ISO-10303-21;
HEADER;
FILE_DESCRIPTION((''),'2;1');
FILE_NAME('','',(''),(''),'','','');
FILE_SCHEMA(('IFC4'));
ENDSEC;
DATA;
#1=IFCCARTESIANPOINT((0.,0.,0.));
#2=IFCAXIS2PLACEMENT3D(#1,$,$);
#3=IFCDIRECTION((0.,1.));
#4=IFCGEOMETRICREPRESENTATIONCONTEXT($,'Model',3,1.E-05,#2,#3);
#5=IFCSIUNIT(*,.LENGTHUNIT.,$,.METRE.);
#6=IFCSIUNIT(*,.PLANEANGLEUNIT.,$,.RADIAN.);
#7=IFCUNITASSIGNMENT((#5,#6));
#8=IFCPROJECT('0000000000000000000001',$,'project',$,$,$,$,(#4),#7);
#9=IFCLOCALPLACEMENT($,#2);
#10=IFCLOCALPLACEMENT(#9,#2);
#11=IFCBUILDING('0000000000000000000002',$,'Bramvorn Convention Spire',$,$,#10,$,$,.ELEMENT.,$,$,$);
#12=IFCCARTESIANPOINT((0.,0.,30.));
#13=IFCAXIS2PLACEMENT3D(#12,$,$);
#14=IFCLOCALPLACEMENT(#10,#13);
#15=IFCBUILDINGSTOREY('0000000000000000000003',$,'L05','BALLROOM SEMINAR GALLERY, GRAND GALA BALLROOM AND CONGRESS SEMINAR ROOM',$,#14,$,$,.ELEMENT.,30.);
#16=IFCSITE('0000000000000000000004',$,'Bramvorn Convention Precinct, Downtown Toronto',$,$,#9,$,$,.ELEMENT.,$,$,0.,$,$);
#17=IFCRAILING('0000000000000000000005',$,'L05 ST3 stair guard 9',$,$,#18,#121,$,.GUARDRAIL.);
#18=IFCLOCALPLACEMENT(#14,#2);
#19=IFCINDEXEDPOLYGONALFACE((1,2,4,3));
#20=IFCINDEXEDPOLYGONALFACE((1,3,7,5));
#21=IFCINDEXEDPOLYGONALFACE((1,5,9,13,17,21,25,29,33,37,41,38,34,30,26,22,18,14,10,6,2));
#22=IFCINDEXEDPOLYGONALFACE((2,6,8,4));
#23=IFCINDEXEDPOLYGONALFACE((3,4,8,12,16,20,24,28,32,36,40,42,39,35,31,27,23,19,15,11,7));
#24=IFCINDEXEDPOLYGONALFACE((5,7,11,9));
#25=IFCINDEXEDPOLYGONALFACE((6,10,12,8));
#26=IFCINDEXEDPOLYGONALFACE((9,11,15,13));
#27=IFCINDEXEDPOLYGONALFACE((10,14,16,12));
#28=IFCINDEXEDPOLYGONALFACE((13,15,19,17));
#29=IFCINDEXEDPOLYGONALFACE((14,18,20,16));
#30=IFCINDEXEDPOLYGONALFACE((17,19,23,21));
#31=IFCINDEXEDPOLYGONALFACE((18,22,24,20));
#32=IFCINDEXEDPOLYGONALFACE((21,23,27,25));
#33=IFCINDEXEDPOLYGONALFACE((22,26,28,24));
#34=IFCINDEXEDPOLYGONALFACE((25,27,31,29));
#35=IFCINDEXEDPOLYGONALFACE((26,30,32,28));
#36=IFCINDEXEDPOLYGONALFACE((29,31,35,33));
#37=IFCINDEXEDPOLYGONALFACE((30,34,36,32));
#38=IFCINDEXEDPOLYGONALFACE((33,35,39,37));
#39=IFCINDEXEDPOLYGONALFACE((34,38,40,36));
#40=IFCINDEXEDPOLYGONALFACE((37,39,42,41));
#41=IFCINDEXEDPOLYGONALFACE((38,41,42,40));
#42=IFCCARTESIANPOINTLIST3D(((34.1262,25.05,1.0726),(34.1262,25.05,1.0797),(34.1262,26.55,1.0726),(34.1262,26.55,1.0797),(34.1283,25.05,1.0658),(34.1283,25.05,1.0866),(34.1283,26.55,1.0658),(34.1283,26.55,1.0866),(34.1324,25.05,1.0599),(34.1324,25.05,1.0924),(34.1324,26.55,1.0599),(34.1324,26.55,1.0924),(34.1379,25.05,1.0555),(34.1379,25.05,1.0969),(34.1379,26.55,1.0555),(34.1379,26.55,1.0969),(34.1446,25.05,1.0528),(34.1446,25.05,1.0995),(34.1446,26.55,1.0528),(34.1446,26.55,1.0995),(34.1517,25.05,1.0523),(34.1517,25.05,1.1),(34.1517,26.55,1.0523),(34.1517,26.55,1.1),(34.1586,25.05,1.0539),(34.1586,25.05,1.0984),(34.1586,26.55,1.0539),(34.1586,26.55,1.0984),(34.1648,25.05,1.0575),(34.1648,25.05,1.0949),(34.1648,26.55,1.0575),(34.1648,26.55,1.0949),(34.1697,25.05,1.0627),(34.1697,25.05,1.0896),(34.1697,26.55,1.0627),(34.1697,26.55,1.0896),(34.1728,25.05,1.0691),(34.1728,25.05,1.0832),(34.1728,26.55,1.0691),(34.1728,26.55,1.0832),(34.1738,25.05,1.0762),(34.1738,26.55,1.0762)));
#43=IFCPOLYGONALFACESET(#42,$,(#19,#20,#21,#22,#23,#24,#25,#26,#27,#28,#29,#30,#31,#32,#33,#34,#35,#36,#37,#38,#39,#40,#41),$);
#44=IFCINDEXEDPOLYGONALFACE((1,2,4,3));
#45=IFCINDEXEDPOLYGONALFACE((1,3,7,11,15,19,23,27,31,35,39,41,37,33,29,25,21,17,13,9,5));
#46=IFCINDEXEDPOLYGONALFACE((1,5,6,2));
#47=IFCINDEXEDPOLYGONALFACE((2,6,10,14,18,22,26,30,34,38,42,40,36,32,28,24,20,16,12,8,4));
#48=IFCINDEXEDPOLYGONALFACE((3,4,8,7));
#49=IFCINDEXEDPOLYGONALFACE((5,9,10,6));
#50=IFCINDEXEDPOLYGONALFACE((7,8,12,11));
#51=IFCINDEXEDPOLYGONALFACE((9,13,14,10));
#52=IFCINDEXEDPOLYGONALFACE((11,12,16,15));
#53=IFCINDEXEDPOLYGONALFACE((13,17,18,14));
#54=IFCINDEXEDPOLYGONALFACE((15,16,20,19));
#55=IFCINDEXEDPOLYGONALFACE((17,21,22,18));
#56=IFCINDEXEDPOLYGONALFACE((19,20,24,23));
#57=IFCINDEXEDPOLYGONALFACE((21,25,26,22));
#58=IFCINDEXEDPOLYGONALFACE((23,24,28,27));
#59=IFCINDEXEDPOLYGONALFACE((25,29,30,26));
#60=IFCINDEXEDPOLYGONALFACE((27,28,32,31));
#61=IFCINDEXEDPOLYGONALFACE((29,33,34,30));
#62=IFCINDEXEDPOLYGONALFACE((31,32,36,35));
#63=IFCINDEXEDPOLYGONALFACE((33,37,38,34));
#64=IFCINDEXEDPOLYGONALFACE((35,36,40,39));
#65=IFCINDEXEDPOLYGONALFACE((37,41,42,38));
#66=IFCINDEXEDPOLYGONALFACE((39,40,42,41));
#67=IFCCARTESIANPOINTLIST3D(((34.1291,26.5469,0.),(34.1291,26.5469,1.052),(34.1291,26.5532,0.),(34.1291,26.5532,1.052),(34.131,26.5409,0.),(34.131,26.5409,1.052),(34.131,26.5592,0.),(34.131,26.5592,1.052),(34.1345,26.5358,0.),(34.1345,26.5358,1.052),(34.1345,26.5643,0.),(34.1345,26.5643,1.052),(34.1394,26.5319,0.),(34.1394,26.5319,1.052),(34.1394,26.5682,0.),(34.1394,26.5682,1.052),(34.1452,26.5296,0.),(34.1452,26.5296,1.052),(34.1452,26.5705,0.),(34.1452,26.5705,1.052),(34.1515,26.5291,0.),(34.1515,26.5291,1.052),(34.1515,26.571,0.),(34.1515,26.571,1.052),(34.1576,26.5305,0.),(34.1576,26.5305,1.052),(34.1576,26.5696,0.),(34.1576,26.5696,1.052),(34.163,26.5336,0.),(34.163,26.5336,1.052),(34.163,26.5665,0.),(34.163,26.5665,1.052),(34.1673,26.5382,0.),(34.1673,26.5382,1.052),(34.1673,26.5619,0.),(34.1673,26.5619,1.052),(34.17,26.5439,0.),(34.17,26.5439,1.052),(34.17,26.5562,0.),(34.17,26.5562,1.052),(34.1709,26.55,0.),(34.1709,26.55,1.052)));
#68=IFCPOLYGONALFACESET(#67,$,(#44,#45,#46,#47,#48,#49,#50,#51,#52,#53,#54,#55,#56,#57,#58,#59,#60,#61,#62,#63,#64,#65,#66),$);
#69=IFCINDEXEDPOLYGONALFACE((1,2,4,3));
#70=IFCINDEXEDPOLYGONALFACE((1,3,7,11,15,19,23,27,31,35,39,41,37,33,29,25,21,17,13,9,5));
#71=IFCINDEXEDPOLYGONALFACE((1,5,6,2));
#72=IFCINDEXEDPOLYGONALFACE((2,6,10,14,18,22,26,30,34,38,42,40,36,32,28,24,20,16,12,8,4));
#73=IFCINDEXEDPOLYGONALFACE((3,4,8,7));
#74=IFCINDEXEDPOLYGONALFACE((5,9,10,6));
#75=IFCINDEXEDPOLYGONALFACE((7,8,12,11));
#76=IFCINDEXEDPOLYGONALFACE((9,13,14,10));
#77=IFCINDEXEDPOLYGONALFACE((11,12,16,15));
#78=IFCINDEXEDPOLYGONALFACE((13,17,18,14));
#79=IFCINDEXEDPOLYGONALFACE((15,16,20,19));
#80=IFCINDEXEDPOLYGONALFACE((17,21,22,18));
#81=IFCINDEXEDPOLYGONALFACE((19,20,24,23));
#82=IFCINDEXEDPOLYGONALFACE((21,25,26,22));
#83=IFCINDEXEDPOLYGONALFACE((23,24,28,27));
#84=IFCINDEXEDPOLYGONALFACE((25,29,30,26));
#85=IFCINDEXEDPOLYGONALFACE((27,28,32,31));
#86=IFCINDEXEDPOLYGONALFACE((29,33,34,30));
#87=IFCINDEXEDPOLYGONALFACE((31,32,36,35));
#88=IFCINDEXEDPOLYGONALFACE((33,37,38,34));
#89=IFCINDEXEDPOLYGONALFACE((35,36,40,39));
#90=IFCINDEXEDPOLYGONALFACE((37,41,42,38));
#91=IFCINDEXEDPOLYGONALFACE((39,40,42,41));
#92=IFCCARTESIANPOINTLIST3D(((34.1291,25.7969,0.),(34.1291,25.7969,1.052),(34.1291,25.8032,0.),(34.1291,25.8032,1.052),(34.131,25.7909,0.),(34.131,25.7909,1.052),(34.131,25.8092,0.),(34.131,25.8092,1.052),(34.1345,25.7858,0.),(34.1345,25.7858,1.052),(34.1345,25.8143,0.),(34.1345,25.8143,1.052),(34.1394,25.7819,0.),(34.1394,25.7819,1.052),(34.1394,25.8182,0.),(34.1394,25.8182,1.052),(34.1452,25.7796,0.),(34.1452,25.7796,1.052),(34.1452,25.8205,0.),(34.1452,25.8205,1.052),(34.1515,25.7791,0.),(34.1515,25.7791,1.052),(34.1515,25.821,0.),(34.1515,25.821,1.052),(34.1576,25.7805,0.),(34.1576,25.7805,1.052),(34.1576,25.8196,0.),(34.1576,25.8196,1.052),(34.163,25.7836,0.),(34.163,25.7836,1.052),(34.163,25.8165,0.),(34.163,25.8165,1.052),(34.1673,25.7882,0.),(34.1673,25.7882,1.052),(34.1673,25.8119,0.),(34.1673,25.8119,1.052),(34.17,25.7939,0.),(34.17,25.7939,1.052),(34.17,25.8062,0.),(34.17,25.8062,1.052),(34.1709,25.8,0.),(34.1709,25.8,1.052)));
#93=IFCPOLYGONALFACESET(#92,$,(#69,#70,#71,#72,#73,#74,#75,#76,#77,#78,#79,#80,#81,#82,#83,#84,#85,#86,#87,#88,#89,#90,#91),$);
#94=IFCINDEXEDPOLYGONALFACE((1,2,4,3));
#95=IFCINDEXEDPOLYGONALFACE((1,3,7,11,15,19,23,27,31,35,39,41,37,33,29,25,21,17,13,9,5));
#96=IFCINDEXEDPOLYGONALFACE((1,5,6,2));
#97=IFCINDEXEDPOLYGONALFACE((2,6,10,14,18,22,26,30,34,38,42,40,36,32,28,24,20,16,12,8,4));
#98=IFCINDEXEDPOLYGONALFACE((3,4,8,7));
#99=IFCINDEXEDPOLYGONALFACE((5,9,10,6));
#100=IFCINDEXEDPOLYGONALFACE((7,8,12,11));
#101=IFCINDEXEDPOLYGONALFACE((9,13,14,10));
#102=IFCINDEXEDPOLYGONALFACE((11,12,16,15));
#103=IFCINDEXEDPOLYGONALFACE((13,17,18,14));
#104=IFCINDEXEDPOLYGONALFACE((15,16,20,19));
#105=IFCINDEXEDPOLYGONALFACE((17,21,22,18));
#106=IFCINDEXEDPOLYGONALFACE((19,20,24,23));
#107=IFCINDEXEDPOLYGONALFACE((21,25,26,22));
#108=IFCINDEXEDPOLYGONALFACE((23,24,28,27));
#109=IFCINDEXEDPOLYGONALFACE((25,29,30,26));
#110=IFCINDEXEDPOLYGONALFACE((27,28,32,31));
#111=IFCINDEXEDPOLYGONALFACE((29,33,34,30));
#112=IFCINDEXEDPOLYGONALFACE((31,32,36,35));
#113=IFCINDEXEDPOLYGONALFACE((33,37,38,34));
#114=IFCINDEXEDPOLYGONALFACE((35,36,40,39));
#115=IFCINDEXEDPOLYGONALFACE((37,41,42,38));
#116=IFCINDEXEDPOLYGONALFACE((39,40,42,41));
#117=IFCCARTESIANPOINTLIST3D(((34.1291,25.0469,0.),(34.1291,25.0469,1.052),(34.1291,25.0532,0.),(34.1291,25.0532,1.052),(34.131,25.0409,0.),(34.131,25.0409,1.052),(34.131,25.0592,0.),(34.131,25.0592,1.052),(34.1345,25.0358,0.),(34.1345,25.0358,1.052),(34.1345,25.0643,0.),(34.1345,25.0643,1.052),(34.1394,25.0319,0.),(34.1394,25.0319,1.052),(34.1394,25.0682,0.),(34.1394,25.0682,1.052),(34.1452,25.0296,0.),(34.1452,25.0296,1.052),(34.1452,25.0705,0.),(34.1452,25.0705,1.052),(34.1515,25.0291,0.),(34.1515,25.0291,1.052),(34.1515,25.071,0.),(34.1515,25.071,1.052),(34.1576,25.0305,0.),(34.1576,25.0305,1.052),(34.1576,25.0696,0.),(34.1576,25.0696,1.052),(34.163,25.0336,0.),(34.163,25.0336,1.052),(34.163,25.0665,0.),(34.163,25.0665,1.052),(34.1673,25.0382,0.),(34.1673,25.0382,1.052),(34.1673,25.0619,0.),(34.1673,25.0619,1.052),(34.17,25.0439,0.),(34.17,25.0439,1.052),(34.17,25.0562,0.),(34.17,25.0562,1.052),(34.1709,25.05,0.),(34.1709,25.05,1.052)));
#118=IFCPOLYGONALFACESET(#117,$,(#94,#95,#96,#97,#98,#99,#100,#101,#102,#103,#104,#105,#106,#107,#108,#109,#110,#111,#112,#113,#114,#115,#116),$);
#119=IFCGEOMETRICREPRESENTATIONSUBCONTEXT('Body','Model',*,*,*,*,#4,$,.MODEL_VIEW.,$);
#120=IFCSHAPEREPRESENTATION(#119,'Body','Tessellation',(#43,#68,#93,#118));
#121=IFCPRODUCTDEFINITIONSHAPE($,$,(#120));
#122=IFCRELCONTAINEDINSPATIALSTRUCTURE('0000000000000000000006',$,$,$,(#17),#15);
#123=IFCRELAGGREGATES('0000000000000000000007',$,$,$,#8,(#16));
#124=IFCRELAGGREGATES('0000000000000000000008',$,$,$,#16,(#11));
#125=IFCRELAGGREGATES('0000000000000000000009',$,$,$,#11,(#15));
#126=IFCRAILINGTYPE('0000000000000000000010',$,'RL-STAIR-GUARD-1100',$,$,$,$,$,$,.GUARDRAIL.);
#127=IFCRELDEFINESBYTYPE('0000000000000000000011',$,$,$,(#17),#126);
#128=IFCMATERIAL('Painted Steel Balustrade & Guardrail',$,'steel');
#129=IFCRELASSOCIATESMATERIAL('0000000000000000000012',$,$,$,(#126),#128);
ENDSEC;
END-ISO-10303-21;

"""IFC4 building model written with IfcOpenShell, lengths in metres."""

from ifc_helpers import new_model, si_unit, direction, frame, origin, origin_2d, place, context, subcontext, project, spatial, circle, extrude, material, type_object, element, save


model = new_model("IFC4")

# Units and contexts
model_context = context("Model", 3, precision=1e-05, world=origin(), true_north=direction((0.0, 1.0)))
body_context = subcontext(model_context, "Body", "Model", "MODEL_VIEW")
ifc_project = project(units=[si_unit("LENGTHUNIT", "METRE"), si_unit("PLANEANGLEUNIT", "RADIAN")], contexts=[model_context])

# Site, building, storey
site_placement = place(None, origin())
site = spatial("IfcSite", under=ifc_project, at=site_placement, Name="Bramvorn Convention Precinct, Downtown Toronto", CompositionType="ELEMENT", RefElevation=0.0)
building_placement = place(site_placement, origin())
building = spatial("IfcBuilding", under=site, at=building_placement, Name="Bramvorn Convention Spire", CompositionType="ELEMENT")
storey_placement = place(building_placement, frame((0.0, 0.0, 30.0)))
storey = spatial("IfcBuildingStorey", under=building, at=storey_placement, Name="L05", Description="BALLROOM SEMINAR GALLERY, GRAND GALA BALLROOM AND CONGRESS SEMINAR ROOM", CompositionType="ELEMENT", Elevation=30.0)

# Railing
ifc_material_1 = material(Name="Painted Steel Balustrade & Guardrail", Category="steel")
railing_type_1 = type_object("IfcRailingType", Name="RL-STAIR-GUARD-1100", PredefinedType="GUARDRAIL", material=ifc_material_1)
railing_1_placement = place(storey_placement, frame((34.1499, 26.55, 0.0)))
element("IfcRailing", 1, at=railing_1_placement, inside=storey, type_object=railing_type_1, Name="L05 ST3 stair guard 9", PredefinedType="GUARDRAIL", context=body_context, shape_type="SweptSolid", body=[
    extrude(circle(Radius=0.0239, at=origin_2d()), frame((0.0, 0.0, 1.0762), z_axis=(0.0, -1.0, 0.0), x_axis=(1.0, 0.0, 0.0)), (0.0, 0.0, 1.0), 1.5),
    extrude(circle(Radius=0.021, at=origin_2d()), origin(), (0.0, 0.0, 1.0), 1.052),
    extrude(circle(Radius=0.021, at=origin_2d()), frame((0.0, -0.75, 0.0)), (0.0, 0.0, 1.0), 1.052),
    extrude(circle(Radius=0.021, at=origin_2d()), frame((0.0, -1.5, 0.0)), (0.0, 0.0, 1.0), 1.052),
])

save(model, "model.ifc")
